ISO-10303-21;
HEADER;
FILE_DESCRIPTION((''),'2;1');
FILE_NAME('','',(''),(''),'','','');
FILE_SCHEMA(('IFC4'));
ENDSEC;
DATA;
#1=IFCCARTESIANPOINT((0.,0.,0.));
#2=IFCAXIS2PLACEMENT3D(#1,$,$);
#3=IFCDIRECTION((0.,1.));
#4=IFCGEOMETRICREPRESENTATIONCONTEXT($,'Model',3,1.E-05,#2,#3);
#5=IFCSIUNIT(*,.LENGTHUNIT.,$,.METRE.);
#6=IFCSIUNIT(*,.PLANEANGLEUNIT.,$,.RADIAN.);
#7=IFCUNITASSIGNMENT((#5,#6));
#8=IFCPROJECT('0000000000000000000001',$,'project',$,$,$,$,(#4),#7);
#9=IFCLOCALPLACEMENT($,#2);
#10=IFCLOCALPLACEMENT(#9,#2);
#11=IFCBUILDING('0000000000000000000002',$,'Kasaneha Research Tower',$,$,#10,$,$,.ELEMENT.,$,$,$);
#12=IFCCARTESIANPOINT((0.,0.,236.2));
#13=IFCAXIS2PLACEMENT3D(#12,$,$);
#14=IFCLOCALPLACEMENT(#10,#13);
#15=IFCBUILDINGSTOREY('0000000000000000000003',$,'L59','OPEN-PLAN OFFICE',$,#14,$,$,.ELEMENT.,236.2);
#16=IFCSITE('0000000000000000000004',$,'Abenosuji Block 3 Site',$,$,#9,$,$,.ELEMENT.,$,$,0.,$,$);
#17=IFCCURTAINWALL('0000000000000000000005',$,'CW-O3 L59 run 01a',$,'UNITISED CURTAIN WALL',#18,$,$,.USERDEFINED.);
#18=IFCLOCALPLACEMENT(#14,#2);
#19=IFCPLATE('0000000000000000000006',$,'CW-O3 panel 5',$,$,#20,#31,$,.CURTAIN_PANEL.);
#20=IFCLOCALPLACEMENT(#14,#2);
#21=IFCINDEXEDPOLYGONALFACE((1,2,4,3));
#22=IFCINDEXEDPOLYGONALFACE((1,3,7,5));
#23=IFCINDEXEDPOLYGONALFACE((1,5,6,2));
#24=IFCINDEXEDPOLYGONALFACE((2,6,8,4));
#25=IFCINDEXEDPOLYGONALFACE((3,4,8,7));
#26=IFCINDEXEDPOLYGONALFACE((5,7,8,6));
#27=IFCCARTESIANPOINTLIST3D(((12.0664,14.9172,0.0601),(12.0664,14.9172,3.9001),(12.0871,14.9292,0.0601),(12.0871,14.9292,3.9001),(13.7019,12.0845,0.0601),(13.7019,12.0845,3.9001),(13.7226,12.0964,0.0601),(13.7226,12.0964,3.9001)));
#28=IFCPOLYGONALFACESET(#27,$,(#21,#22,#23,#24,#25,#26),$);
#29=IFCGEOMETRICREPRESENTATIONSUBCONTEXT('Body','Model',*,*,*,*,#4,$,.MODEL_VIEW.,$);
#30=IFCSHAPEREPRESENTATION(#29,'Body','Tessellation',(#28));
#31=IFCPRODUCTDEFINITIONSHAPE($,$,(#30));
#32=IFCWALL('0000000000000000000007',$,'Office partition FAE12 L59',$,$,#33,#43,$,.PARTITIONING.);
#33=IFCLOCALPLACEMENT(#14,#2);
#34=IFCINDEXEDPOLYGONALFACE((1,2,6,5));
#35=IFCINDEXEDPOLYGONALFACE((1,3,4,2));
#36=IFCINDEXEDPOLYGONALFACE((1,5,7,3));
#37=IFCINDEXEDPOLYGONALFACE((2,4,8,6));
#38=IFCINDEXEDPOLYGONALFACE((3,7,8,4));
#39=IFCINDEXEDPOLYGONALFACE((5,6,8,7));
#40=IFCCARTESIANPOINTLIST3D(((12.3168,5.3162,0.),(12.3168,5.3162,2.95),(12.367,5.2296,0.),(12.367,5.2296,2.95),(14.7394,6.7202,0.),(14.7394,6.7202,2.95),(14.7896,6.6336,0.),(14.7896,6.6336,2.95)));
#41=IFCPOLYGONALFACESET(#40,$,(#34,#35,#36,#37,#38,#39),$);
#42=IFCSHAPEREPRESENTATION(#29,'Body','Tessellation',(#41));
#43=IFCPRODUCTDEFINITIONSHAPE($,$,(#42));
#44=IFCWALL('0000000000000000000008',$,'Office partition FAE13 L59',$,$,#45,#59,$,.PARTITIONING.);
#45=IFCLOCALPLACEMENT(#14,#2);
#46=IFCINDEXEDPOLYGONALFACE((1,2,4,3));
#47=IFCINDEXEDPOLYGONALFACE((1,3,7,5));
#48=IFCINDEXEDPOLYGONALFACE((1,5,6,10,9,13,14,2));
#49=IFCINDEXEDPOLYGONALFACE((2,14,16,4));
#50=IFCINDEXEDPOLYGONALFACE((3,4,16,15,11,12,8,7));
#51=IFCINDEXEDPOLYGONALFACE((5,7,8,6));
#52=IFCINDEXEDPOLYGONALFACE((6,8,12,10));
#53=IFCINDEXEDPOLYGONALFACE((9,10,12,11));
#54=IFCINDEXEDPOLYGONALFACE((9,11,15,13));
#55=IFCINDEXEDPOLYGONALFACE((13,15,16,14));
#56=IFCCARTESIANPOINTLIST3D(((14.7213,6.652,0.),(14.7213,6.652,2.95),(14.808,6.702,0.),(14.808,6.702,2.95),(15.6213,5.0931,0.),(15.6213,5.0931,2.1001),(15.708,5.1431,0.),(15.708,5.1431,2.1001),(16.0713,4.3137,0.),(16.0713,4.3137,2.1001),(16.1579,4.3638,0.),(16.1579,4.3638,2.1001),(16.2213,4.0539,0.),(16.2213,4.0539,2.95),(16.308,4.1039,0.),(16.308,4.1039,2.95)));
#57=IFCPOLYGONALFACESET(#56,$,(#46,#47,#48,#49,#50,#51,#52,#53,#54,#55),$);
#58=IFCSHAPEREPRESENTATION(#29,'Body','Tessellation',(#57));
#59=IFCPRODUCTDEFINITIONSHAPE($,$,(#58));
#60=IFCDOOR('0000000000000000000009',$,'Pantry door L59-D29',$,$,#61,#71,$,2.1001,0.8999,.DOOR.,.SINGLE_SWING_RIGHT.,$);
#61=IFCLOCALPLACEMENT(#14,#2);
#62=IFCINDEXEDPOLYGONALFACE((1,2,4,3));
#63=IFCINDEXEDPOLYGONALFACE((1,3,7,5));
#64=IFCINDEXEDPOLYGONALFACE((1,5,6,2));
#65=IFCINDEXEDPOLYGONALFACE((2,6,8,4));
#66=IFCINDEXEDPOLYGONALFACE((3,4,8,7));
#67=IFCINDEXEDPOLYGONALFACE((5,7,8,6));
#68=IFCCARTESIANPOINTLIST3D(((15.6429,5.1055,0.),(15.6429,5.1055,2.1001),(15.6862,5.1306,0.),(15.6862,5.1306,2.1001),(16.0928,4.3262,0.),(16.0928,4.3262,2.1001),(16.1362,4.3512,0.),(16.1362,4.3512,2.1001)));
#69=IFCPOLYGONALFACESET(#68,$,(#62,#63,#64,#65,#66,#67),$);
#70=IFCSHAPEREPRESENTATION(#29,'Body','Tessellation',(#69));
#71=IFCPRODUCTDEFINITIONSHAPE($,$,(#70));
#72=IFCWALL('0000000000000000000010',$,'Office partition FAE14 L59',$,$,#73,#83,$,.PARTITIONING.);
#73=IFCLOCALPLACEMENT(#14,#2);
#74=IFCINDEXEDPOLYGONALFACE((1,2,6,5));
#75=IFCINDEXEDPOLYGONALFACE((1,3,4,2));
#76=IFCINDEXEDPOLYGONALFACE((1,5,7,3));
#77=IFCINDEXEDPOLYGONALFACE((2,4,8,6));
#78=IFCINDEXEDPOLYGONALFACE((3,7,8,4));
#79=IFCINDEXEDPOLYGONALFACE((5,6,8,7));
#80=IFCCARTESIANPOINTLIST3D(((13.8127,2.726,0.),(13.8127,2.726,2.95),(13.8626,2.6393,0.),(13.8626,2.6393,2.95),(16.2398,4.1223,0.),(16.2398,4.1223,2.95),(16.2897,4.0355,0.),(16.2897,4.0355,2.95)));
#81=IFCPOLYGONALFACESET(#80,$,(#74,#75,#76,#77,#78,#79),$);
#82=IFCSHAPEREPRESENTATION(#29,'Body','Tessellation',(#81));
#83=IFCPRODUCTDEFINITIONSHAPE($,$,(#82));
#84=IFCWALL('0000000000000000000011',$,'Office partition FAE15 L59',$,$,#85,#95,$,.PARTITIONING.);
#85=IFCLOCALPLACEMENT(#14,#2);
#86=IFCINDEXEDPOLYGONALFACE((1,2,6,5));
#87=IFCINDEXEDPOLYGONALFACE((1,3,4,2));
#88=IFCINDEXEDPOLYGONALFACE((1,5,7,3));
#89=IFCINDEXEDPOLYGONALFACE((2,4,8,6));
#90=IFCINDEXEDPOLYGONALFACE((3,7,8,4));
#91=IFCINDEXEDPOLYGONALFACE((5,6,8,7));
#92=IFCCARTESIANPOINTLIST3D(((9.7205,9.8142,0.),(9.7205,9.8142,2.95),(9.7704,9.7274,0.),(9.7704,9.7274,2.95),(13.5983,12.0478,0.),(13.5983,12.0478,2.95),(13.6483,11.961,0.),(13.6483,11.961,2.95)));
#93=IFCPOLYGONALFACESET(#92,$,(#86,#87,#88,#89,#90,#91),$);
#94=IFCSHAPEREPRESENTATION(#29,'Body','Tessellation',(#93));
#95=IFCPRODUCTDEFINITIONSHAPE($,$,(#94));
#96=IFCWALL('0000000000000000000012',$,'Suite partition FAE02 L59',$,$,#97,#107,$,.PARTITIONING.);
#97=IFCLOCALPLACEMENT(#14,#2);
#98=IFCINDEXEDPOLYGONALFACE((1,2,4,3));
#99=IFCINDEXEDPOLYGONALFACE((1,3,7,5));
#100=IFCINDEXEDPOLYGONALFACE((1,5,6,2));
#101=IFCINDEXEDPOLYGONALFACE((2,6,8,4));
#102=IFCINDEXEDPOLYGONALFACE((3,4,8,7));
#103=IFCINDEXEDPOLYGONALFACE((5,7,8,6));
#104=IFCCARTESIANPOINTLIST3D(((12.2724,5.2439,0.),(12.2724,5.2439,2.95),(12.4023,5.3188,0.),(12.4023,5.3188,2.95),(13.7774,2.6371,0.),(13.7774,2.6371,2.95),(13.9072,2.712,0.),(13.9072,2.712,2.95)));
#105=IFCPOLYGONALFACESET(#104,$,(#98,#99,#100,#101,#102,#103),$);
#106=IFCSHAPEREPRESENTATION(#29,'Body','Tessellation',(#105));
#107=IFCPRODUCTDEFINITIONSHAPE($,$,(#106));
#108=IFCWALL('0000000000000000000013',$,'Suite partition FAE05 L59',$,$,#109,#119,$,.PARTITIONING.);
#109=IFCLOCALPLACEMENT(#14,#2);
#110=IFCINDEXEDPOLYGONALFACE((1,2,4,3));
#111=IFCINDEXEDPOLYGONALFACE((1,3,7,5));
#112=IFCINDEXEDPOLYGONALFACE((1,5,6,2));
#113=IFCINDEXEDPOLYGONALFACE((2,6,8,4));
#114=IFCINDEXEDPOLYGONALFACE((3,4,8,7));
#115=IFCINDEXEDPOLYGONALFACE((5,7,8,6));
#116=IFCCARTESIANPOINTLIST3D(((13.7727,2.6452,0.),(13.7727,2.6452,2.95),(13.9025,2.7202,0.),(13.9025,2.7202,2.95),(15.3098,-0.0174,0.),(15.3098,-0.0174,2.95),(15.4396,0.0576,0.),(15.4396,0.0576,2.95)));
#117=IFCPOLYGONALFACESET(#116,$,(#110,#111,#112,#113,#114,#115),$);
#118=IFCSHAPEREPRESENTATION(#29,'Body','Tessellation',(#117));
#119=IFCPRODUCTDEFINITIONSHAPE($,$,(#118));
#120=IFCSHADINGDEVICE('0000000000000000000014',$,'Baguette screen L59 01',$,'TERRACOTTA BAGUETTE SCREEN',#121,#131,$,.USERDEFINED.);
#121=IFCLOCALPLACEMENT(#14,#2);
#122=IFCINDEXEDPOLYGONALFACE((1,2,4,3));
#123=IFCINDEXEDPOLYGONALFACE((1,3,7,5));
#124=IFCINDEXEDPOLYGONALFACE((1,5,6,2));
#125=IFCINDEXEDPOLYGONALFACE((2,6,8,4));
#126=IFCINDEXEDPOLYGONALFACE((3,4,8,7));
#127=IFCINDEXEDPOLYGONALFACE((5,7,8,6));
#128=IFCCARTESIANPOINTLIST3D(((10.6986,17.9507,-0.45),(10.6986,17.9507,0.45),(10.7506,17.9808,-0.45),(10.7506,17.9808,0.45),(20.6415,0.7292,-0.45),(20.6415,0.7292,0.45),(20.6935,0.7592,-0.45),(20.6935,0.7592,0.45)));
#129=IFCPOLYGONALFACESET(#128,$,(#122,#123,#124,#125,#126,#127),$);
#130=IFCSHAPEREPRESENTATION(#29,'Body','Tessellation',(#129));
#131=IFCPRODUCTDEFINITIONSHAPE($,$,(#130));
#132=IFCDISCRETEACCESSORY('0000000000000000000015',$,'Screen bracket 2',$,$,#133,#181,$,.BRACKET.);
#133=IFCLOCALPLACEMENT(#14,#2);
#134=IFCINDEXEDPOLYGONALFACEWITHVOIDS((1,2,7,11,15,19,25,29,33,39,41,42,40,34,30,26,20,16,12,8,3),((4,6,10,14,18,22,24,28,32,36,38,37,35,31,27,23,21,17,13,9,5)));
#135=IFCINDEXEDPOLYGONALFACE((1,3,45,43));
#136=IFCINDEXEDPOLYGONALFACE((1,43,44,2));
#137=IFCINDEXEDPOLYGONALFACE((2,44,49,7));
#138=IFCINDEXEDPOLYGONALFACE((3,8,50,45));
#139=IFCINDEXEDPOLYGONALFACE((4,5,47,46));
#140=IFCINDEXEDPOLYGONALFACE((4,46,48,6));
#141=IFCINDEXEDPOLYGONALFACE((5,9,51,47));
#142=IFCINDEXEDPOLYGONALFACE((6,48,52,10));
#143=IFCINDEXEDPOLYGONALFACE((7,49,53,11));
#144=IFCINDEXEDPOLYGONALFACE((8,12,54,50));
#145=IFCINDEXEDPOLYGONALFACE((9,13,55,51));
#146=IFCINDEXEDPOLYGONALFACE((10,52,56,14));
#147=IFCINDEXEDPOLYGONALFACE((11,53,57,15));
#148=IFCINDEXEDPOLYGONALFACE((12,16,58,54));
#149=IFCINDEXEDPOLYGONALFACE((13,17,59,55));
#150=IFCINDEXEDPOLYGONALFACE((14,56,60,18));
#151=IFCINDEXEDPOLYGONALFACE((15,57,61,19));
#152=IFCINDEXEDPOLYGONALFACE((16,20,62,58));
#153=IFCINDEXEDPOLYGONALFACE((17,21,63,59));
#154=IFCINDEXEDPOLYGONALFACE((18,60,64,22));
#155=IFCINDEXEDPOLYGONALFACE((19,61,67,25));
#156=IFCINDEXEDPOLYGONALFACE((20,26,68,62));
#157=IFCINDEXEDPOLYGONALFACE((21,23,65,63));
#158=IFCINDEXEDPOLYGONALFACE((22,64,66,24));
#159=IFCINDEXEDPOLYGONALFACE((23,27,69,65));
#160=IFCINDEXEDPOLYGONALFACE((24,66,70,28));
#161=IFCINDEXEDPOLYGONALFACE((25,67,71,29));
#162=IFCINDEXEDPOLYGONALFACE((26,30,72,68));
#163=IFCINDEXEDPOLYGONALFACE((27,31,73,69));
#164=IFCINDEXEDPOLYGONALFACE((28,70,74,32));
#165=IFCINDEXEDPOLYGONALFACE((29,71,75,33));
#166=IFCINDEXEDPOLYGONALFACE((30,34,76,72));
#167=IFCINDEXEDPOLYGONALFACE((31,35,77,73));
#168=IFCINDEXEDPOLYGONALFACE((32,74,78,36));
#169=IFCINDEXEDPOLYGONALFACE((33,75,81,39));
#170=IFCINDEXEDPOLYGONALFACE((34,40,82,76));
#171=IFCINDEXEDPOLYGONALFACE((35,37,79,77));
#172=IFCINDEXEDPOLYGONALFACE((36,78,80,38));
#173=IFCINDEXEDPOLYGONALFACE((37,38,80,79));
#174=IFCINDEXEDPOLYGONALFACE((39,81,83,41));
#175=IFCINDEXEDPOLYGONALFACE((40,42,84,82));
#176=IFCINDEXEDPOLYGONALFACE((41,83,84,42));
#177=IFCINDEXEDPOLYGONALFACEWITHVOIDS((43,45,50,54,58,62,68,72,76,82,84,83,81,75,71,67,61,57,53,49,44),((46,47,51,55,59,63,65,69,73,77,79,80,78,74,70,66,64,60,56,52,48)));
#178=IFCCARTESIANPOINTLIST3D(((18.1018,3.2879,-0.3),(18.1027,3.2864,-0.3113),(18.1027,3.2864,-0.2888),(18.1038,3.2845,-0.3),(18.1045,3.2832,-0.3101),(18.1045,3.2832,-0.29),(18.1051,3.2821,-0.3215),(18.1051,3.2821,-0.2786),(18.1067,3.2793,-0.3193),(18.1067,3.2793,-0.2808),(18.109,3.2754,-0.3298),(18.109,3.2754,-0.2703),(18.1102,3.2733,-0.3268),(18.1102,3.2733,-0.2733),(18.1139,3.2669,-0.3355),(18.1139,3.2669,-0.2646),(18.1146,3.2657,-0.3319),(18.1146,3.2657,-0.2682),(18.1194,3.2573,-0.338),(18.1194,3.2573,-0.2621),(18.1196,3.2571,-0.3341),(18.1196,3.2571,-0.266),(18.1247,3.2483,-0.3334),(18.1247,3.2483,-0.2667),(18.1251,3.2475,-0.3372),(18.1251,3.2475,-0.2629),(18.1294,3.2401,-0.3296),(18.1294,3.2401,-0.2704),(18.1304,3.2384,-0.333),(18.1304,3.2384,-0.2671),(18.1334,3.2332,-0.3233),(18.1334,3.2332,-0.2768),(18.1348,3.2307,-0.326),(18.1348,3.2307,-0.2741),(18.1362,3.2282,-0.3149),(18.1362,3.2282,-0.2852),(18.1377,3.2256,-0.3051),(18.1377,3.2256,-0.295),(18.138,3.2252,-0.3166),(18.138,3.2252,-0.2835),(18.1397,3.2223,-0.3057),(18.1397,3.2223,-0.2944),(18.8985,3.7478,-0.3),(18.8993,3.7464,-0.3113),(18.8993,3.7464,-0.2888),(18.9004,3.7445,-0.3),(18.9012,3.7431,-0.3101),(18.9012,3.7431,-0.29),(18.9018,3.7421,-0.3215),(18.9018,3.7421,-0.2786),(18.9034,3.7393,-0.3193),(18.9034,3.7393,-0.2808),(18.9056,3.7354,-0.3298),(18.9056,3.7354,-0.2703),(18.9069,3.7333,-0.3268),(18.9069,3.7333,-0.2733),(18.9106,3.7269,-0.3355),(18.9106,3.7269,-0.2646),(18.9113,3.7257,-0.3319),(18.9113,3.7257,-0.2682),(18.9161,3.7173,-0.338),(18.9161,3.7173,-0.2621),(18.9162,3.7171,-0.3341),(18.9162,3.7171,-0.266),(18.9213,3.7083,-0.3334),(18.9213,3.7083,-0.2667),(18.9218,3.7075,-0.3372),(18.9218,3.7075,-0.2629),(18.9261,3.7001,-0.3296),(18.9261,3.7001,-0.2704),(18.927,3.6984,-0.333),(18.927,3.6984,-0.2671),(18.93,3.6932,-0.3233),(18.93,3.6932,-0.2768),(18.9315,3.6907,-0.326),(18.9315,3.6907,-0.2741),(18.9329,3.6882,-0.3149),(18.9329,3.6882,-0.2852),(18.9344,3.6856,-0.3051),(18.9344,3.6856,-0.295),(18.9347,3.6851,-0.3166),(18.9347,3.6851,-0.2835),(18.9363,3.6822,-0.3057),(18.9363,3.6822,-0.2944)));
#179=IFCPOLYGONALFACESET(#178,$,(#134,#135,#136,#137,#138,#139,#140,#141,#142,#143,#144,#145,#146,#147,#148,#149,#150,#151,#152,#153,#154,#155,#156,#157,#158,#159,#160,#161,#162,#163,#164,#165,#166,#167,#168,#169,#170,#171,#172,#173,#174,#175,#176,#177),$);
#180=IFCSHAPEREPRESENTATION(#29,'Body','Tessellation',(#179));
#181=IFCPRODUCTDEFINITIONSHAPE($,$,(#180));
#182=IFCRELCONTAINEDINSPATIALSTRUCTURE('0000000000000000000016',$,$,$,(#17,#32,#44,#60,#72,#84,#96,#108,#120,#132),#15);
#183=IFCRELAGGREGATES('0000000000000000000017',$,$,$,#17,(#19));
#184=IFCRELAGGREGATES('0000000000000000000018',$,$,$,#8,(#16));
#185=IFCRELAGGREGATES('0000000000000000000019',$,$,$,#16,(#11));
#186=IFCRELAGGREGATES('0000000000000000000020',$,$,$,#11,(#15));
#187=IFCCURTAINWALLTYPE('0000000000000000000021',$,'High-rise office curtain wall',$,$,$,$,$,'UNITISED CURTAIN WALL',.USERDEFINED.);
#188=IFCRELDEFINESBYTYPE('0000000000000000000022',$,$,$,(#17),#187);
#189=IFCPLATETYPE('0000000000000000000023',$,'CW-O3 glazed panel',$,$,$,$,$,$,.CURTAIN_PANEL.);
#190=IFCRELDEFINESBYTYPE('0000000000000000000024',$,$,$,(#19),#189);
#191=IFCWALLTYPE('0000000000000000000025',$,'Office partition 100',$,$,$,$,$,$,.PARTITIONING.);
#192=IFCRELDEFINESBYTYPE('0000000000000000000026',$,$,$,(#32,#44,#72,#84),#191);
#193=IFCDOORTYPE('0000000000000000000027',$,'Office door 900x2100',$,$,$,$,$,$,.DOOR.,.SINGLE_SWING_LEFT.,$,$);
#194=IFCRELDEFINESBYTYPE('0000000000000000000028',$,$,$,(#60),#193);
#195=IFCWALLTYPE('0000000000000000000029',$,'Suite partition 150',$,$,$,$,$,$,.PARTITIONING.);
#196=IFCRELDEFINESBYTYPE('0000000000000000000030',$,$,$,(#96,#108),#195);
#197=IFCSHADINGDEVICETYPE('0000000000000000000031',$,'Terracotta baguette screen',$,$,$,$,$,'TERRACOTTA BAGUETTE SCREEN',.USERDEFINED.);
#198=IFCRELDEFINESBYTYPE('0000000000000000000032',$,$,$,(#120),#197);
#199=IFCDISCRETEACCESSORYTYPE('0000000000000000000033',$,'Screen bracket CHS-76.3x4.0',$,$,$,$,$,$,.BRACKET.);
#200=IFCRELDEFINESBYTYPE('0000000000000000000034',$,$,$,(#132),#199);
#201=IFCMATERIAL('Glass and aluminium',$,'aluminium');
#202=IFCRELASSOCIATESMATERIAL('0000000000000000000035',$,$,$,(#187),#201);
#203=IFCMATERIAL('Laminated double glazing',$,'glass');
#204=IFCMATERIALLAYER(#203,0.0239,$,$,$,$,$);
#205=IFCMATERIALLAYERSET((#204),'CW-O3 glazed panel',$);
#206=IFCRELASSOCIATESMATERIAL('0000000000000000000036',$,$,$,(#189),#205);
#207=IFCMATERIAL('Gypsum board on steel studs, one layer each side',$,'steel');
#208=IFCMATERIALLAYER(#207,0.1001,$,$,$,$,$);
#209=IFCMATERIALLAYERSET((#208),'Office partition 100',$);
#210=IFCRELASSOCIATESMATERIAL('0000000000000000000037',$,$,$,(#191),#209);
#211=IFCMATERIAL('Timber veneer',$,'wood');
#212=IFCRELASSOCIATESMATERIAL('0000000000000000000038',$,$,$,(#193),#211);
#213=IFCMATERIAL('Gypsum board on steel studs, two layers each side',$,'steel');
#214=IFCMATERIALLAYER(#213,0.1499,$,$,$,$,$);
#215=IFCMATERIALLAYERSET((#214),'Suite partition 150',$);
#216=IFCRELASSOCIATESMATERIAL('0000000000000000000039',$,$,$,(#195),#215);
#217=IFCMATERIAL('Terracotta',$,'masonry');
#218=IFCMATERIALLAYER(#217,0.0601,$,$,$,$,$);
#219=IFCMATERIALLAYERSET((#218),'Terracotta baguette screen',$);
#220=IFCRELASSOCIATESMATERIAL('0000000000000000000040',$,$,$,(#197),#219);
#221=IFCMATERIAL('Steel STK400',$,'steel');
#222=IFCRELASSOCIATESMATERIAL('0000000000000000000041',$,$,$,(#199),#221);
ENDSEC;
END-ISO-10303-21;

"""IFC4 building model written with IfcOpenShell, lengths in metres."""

from ifc_helpers import new_model, si_unit, direction, frame, frame_2d, origin, origin_2d, place, context, subcontext, project, spatial, rectangle, hollow_circle, extrude, material, layer, layer_set, material_profile, profile_set, type_object, element, fill, aggregate, save


model = new_model("IFC4")

# Units and contexts
model_context = context("Model", 3, precision=1e-05, world=origin(), true_north=direction((0.0, 1.0)))
body_context = subcontext(model_context, "Body", "Model", "MODEL_VIEW")
ifc_project = project(units=[si_unit("LENGTHUNIT", "METRE"), si_unit("PLANEANGLEUNIT", "RADIAN")], contexts=[model_context])

# Site, building, storey
site_placement = place(None, origin())
site = spatial("IfcSite", under=ifc_project, at=site_placement, Name="Abenosuji Block 3 Site", CompositionType="ELEMENT", RefElevation=0.0)
building_placement = place(site_placement, origin())
building = spatial("IfcBuilding", under=site, at=building_placement, Name="Kasaneha Research Tower", CompositionType="ELEMENT")
storey_placement = place(building_placement, frame((0.0, 0.0, 236.2)))
storey = spatial("IfcBuildingStorey", under=building, at=storey_placement, Name="L59", Description="OPEN-PLAN OFFICE", CompositionType="ELEMENT", Elevation=236.2)

# Curtain wall, plate
ifc_material_1 = material(Name="Glass and aluminium", Category="aluminium")
curtain_wall_type = type_object("IfcCurtainWallType", Name="High-rise office curtain wall", ElementType="UNITISED CURTAIN WALL", PredefinedType="USERDEFINED", material=ifc_material_1)
curtain_wall_placement = place(storey_placement, origin())
curtain_wall = element("IfcCurtainWall", 1, at=curtain_wall_placement, inside=storey, type_object=curtain_wall_type, Name="CW-O3 L59 run 01a", ObjectType="UNITISED CURTAIN WALL", PredefinedType="USERDEFINED")
ifc_material_2 = material(Name="Laminated double glazing", Category="glass")
ifc_layer_1 = layer(ifc_material_2, 0.0239)
ifc_layer_set_1 = layer_set([ifc_layer_1], Name="CW-O3 glazed panel")
plate_type = type_object("IfcPlateType", Name="CW-O3 glazed panel", PredefinedType="CURTAIN_PANEL", material=ifc_layer_set_1)
plate_1_placement = place(storey_placement, frame((12.8945, 13.5068, 0.0601), z_axis=(0.0, 0.0, 1.0), x_axis=(-0.5, 0.866025, 0.0)))
plate_1 = element("IfcPlate", 2, at=plate_1_placement, type_object=plate_type, Name="CW-O3 panel 5", PredefinedType="CURTAIN_PANEL", context=body_context, shape_type="SweptSolid", body=[
    extrude(rectangle(XDim=3.271, YDim=0.0239, at=origin_2d()), origin(), (0.0, 0.0, 1.0), 3.8401),
])
aggregate(curtain_wall, [plate_1])

# Wall
ifc_material_3 = material(Name="Gypsum board on steel studs, one layer each side", Category="steel")
ifc_layer_2 = layer(ifc_material_3, 0.1001)
ifc_layer_set_2 = layer_set([ifc_layer_2], Name="Office partition 100")
wall_type_1 = type_object("IfcWallType", Name="Office partition 100", PredefinedType="PARTITIONING", material=ifc_layer_set_2)
wall_1_placement = place(storey_placement, frame((12.342, 5.2729, 0.0), z_axis=(0.0, 0.0, 1.0), x_axis=(0.865195, 0.501435, 0.0)))
element("IfcWall", 3, at=wall_1_placement, inside=storey, type_object=wall_type_1, Name="Office partition FAE12 L59", PredefinedType="PARTITIONING", context=body_context, shape_type="SweptSolid", body=[
    extrude(rectangle(XDim=2.8, YDim=0.1001, at=frame_2d((1.3999, 0.0))), origin(), (0.0, 0.0, 1.0), 2.95),
])

# Wall, opening, door
wall_2_placement = place(storey_placement, frame((14.7646, 6.677, 0.0), z_axis=(0.0, 0.0, 1.0), x_axis=(0.49999, -0.866031, 0.0)))
wall_2 = element("IfcWall", 4, at=wall_2_placement, inside=storey, type_object=wall_type_1, Name="Office partition FAE13 L59", PredefinedType="PARTITIONING", context=body_context, shape_type="SweptSolid", body=[
    extrude(rectangle(XDim=3.0, YDim=0.1001, at=frame_2d((1.5, 0.0))), origin(), (0.0, 0.0, 1.0), 2.95),
])
opening_placement = place(wall_2_placement, frame((1.8, 0.0, 0.0)))
opening = element("IfcOpeningElement", 5, at=opening_placement, cuts=wall_2, PredefinedType="OPENING", context=body_context, shape_type="SweptSolid", body=[
    extrude(rectangle(XDim=0.8999, YDim=2.1001, at=frame_2d((0.45, 1.05))), frame((0.0, 0.0601, 0.0), z_axis=(0.0, -1.0, 0.0), x_axis=(1.0, 0.0, 0.0)), (0.0, 0.0, 1.0), 0.1201),
])
ifc_material_4 = material(Name="Timber veneer", Category="wood")
door_type = type_object("IfcDoorType", Name="Office door 900x2100", OperationType="SINGLE_SWING_LEFT", PredefinedType="DOOR", material=ifc_material_4)
door_placement = place(opening_placement, origin())
door = element("IfcDoor", 6, at=door_placement, inside=storey, type_object=door_type, Name="Pantry door L59-D29", OperationType="SINGLE_SWING_RIGHT", OverallHeight=2.1001, OverallWidth=0.8999, PredefinedType="DOOR", context=body_context, shape_type="SweptSolid", body=[
    extrude(rectangle(XDim=0.8999, YDim=2.1001, at=frame_2d((0.45, 1.05))), frame((0.0, 0.0249, 0.0), z_axis=(0.0, -1.0, 0.0), x_axis=(1.0, 0.0, 0.0)), (0.0, 0.0, 1.0), 0.05),
])
fill(opening, door)

# Walls
wall_3_placement = place(storey_placement, frame((16.2646, 4.0789, 0.0), z_axis=(0.0, 0.0, 1.0), x_axis=(-0.866796, -0.498663, 0.0)))
element("IfcWall", 7, at=wall_3_placement, inside=storey, type_object=wall_type_1, Name="Office partition FAE14 L59", PredefinedType="PARTITIONING", context=body_context, shape_type="SweptSolid", body=[
    extrude(rectangle(XDim=2.8, YDim=0.1001, at=frame_2d((1.3999, 0.0))), origin(), (0.0, 0.0, 1.0), 2.95),
])
wall_4_placement = place(storey_placement, frame((13.6233, 12.0044, 0.0), z_axis=(0.0, 0.0, 1.0), x_axis=(-0.866536, -0.499115, 0.0)))
element("IfcWall", 8, at=wall_4_placement, inside=storey, type_object=wall_type_1, Name="Office partition FAE15 L59", PredefinedType="PARTITIONING", context=body_context, shape_type="SweptSolid", body=[
    extrude(rectangle(XDim=4.4751, YDim=0.1001, at=frame_2d((2.2375, 0.0))), origin(), (0.0, 0.0, 1.0), 2.95),
])
ifc_material_5 = material(Name="Gypsum board on steel studs, two layers each side", Category="steel")
ifc_layer_3 = layer(ifc_material_5, 0.1499)
ifc_layer_set_3 = layer_set([ifc_layer_3], Name="Suite partition 150")
wall_type_2 = type_object("IfcWallType", Name="Suite partition 150", PredefinedType="PARTITIONING", material=ifc_layer_set_3)
wall_5_placement = place(storey_placement, frame((12.3374, 5.2812, 0.0), z_axis=(0.0, 0.0, 1.0), x_axis=(0.499978, -0.866038, 0.0)))
element("IfcWall", 9, at=wall_5_placement, inside=storey, type_object=wall_type_2, Name="Suite partition FAE02 L59", PredefinedType="PARTITIONING", context=body_context, shape_type="SweptSolid", body=[
    extrude(rectangle(XDim=3.01, YDim=0.1499, at=frame_2d((1.5049, 0.0))), origin(), (0.0, 0.0, 1.0), 2.95),
])
wall_6_placement = place(storey_placement, frame((13.8376, 2.6826, 0.0), z_axis=(0.0, 0.0, 1.0), x_axis=(0.499965, -0.866045, 0.0)))
element("IfcWall", 10, at=wall_6_placement, inside=storey, type_object=wall_type_2, Name="Suite partition FAE05 L59", PredefinedType="PARTITIONING", context=body_context, shape_type="SweptSolid", body=[
    extrude(rectangle(XDim=3.0745, YDim=0.1499, at=frame_2d((1.5371, 0.0))), origin(), (0.0, 0.0, 1.0), 2.95),
])

# Shading device
ifc_material_6 = material(Name="Terracotta", Category="masonry")
ifc_layer_4 = layer(ifc_material_6, 0.0601)
ifc_layer_set_4 = layer_set([ifc_layer_4], Name="Terracotta baguette screen")
shading_device_type = type_object("IfcShadingDeviceType", Name="Terracotta baguette screen", ElementType="TERRACOTTA BAGUETTE SCREEN", PredefinedType="USERDEFINED", material=ifc_layer_set_4)
shading_device_placement = place(storey_placement, frame((15.696, 9.355, -0.45), z_axis=(0.0, 0.0, 1.0), x_axis=(-0.5, 0.866025, 0.0)))
element("IfcShadingDevice", 11, at=shading_device_placement, inside=storey, type_object=shading_device_type, Name="Baguette screen L59 01", ObjectType="TERRACOTTA BAGUETTE SCREEN", PredefinedType="USERDEFINED", context=body_context, shape_type="SweptSolid", body=[
    extrude(rectangle(XDim=19.8857, YDim=0.0601, at=origin_2d()), origin(), (0.0, 0.0, 1.0), 0.8999),
])

# Discrete accessory
ifc_material_7 = material(Name="Steel STK400", Category="steel")
ifc_material_profile_1 = material_profile(ifc_material_7, hollow_circle(Radius=0.0381, WallThickness=0.0039, at=origin_2d()), Name="CHS-76.3x4.0")
ifc_profile_set_1 = profile_set([ifc_material_profile_1], Name="Steel STK400")
discrete_accessory_type = type_object("IfcDiscreteAccessoryType", Name="Screen bracket CHS-76.3x4.0", PredefinedType="BRACKET", material=ifc_profile_set_1)
for number, where, z_axis, x_axis, name in (
    (12, (18.1208, 3.2549, -0.3), (0.866013, 0.500021, 0.0), (-0.500021, 0.866013, 0.0), "Screen bracket 2"),
):
    element("IfcDiscreteAccessory", number, at=place(storey_placement, frame(where, z_axis=z_axis, x_axis=x_axis)), inside=storey, type_object=discrete_accessory_type, Name=name, PredefinedType="BRACKET", context=body_context, shape_type="SweptSolid", body=[
        extrude(hollow_circle(Radius=0.0381, WallThickness=0.0039, at=origin_2d()), origin(), (0.0, 0.0, 1.0), 0.9199),
    ])

save(model, "model.ifc")
